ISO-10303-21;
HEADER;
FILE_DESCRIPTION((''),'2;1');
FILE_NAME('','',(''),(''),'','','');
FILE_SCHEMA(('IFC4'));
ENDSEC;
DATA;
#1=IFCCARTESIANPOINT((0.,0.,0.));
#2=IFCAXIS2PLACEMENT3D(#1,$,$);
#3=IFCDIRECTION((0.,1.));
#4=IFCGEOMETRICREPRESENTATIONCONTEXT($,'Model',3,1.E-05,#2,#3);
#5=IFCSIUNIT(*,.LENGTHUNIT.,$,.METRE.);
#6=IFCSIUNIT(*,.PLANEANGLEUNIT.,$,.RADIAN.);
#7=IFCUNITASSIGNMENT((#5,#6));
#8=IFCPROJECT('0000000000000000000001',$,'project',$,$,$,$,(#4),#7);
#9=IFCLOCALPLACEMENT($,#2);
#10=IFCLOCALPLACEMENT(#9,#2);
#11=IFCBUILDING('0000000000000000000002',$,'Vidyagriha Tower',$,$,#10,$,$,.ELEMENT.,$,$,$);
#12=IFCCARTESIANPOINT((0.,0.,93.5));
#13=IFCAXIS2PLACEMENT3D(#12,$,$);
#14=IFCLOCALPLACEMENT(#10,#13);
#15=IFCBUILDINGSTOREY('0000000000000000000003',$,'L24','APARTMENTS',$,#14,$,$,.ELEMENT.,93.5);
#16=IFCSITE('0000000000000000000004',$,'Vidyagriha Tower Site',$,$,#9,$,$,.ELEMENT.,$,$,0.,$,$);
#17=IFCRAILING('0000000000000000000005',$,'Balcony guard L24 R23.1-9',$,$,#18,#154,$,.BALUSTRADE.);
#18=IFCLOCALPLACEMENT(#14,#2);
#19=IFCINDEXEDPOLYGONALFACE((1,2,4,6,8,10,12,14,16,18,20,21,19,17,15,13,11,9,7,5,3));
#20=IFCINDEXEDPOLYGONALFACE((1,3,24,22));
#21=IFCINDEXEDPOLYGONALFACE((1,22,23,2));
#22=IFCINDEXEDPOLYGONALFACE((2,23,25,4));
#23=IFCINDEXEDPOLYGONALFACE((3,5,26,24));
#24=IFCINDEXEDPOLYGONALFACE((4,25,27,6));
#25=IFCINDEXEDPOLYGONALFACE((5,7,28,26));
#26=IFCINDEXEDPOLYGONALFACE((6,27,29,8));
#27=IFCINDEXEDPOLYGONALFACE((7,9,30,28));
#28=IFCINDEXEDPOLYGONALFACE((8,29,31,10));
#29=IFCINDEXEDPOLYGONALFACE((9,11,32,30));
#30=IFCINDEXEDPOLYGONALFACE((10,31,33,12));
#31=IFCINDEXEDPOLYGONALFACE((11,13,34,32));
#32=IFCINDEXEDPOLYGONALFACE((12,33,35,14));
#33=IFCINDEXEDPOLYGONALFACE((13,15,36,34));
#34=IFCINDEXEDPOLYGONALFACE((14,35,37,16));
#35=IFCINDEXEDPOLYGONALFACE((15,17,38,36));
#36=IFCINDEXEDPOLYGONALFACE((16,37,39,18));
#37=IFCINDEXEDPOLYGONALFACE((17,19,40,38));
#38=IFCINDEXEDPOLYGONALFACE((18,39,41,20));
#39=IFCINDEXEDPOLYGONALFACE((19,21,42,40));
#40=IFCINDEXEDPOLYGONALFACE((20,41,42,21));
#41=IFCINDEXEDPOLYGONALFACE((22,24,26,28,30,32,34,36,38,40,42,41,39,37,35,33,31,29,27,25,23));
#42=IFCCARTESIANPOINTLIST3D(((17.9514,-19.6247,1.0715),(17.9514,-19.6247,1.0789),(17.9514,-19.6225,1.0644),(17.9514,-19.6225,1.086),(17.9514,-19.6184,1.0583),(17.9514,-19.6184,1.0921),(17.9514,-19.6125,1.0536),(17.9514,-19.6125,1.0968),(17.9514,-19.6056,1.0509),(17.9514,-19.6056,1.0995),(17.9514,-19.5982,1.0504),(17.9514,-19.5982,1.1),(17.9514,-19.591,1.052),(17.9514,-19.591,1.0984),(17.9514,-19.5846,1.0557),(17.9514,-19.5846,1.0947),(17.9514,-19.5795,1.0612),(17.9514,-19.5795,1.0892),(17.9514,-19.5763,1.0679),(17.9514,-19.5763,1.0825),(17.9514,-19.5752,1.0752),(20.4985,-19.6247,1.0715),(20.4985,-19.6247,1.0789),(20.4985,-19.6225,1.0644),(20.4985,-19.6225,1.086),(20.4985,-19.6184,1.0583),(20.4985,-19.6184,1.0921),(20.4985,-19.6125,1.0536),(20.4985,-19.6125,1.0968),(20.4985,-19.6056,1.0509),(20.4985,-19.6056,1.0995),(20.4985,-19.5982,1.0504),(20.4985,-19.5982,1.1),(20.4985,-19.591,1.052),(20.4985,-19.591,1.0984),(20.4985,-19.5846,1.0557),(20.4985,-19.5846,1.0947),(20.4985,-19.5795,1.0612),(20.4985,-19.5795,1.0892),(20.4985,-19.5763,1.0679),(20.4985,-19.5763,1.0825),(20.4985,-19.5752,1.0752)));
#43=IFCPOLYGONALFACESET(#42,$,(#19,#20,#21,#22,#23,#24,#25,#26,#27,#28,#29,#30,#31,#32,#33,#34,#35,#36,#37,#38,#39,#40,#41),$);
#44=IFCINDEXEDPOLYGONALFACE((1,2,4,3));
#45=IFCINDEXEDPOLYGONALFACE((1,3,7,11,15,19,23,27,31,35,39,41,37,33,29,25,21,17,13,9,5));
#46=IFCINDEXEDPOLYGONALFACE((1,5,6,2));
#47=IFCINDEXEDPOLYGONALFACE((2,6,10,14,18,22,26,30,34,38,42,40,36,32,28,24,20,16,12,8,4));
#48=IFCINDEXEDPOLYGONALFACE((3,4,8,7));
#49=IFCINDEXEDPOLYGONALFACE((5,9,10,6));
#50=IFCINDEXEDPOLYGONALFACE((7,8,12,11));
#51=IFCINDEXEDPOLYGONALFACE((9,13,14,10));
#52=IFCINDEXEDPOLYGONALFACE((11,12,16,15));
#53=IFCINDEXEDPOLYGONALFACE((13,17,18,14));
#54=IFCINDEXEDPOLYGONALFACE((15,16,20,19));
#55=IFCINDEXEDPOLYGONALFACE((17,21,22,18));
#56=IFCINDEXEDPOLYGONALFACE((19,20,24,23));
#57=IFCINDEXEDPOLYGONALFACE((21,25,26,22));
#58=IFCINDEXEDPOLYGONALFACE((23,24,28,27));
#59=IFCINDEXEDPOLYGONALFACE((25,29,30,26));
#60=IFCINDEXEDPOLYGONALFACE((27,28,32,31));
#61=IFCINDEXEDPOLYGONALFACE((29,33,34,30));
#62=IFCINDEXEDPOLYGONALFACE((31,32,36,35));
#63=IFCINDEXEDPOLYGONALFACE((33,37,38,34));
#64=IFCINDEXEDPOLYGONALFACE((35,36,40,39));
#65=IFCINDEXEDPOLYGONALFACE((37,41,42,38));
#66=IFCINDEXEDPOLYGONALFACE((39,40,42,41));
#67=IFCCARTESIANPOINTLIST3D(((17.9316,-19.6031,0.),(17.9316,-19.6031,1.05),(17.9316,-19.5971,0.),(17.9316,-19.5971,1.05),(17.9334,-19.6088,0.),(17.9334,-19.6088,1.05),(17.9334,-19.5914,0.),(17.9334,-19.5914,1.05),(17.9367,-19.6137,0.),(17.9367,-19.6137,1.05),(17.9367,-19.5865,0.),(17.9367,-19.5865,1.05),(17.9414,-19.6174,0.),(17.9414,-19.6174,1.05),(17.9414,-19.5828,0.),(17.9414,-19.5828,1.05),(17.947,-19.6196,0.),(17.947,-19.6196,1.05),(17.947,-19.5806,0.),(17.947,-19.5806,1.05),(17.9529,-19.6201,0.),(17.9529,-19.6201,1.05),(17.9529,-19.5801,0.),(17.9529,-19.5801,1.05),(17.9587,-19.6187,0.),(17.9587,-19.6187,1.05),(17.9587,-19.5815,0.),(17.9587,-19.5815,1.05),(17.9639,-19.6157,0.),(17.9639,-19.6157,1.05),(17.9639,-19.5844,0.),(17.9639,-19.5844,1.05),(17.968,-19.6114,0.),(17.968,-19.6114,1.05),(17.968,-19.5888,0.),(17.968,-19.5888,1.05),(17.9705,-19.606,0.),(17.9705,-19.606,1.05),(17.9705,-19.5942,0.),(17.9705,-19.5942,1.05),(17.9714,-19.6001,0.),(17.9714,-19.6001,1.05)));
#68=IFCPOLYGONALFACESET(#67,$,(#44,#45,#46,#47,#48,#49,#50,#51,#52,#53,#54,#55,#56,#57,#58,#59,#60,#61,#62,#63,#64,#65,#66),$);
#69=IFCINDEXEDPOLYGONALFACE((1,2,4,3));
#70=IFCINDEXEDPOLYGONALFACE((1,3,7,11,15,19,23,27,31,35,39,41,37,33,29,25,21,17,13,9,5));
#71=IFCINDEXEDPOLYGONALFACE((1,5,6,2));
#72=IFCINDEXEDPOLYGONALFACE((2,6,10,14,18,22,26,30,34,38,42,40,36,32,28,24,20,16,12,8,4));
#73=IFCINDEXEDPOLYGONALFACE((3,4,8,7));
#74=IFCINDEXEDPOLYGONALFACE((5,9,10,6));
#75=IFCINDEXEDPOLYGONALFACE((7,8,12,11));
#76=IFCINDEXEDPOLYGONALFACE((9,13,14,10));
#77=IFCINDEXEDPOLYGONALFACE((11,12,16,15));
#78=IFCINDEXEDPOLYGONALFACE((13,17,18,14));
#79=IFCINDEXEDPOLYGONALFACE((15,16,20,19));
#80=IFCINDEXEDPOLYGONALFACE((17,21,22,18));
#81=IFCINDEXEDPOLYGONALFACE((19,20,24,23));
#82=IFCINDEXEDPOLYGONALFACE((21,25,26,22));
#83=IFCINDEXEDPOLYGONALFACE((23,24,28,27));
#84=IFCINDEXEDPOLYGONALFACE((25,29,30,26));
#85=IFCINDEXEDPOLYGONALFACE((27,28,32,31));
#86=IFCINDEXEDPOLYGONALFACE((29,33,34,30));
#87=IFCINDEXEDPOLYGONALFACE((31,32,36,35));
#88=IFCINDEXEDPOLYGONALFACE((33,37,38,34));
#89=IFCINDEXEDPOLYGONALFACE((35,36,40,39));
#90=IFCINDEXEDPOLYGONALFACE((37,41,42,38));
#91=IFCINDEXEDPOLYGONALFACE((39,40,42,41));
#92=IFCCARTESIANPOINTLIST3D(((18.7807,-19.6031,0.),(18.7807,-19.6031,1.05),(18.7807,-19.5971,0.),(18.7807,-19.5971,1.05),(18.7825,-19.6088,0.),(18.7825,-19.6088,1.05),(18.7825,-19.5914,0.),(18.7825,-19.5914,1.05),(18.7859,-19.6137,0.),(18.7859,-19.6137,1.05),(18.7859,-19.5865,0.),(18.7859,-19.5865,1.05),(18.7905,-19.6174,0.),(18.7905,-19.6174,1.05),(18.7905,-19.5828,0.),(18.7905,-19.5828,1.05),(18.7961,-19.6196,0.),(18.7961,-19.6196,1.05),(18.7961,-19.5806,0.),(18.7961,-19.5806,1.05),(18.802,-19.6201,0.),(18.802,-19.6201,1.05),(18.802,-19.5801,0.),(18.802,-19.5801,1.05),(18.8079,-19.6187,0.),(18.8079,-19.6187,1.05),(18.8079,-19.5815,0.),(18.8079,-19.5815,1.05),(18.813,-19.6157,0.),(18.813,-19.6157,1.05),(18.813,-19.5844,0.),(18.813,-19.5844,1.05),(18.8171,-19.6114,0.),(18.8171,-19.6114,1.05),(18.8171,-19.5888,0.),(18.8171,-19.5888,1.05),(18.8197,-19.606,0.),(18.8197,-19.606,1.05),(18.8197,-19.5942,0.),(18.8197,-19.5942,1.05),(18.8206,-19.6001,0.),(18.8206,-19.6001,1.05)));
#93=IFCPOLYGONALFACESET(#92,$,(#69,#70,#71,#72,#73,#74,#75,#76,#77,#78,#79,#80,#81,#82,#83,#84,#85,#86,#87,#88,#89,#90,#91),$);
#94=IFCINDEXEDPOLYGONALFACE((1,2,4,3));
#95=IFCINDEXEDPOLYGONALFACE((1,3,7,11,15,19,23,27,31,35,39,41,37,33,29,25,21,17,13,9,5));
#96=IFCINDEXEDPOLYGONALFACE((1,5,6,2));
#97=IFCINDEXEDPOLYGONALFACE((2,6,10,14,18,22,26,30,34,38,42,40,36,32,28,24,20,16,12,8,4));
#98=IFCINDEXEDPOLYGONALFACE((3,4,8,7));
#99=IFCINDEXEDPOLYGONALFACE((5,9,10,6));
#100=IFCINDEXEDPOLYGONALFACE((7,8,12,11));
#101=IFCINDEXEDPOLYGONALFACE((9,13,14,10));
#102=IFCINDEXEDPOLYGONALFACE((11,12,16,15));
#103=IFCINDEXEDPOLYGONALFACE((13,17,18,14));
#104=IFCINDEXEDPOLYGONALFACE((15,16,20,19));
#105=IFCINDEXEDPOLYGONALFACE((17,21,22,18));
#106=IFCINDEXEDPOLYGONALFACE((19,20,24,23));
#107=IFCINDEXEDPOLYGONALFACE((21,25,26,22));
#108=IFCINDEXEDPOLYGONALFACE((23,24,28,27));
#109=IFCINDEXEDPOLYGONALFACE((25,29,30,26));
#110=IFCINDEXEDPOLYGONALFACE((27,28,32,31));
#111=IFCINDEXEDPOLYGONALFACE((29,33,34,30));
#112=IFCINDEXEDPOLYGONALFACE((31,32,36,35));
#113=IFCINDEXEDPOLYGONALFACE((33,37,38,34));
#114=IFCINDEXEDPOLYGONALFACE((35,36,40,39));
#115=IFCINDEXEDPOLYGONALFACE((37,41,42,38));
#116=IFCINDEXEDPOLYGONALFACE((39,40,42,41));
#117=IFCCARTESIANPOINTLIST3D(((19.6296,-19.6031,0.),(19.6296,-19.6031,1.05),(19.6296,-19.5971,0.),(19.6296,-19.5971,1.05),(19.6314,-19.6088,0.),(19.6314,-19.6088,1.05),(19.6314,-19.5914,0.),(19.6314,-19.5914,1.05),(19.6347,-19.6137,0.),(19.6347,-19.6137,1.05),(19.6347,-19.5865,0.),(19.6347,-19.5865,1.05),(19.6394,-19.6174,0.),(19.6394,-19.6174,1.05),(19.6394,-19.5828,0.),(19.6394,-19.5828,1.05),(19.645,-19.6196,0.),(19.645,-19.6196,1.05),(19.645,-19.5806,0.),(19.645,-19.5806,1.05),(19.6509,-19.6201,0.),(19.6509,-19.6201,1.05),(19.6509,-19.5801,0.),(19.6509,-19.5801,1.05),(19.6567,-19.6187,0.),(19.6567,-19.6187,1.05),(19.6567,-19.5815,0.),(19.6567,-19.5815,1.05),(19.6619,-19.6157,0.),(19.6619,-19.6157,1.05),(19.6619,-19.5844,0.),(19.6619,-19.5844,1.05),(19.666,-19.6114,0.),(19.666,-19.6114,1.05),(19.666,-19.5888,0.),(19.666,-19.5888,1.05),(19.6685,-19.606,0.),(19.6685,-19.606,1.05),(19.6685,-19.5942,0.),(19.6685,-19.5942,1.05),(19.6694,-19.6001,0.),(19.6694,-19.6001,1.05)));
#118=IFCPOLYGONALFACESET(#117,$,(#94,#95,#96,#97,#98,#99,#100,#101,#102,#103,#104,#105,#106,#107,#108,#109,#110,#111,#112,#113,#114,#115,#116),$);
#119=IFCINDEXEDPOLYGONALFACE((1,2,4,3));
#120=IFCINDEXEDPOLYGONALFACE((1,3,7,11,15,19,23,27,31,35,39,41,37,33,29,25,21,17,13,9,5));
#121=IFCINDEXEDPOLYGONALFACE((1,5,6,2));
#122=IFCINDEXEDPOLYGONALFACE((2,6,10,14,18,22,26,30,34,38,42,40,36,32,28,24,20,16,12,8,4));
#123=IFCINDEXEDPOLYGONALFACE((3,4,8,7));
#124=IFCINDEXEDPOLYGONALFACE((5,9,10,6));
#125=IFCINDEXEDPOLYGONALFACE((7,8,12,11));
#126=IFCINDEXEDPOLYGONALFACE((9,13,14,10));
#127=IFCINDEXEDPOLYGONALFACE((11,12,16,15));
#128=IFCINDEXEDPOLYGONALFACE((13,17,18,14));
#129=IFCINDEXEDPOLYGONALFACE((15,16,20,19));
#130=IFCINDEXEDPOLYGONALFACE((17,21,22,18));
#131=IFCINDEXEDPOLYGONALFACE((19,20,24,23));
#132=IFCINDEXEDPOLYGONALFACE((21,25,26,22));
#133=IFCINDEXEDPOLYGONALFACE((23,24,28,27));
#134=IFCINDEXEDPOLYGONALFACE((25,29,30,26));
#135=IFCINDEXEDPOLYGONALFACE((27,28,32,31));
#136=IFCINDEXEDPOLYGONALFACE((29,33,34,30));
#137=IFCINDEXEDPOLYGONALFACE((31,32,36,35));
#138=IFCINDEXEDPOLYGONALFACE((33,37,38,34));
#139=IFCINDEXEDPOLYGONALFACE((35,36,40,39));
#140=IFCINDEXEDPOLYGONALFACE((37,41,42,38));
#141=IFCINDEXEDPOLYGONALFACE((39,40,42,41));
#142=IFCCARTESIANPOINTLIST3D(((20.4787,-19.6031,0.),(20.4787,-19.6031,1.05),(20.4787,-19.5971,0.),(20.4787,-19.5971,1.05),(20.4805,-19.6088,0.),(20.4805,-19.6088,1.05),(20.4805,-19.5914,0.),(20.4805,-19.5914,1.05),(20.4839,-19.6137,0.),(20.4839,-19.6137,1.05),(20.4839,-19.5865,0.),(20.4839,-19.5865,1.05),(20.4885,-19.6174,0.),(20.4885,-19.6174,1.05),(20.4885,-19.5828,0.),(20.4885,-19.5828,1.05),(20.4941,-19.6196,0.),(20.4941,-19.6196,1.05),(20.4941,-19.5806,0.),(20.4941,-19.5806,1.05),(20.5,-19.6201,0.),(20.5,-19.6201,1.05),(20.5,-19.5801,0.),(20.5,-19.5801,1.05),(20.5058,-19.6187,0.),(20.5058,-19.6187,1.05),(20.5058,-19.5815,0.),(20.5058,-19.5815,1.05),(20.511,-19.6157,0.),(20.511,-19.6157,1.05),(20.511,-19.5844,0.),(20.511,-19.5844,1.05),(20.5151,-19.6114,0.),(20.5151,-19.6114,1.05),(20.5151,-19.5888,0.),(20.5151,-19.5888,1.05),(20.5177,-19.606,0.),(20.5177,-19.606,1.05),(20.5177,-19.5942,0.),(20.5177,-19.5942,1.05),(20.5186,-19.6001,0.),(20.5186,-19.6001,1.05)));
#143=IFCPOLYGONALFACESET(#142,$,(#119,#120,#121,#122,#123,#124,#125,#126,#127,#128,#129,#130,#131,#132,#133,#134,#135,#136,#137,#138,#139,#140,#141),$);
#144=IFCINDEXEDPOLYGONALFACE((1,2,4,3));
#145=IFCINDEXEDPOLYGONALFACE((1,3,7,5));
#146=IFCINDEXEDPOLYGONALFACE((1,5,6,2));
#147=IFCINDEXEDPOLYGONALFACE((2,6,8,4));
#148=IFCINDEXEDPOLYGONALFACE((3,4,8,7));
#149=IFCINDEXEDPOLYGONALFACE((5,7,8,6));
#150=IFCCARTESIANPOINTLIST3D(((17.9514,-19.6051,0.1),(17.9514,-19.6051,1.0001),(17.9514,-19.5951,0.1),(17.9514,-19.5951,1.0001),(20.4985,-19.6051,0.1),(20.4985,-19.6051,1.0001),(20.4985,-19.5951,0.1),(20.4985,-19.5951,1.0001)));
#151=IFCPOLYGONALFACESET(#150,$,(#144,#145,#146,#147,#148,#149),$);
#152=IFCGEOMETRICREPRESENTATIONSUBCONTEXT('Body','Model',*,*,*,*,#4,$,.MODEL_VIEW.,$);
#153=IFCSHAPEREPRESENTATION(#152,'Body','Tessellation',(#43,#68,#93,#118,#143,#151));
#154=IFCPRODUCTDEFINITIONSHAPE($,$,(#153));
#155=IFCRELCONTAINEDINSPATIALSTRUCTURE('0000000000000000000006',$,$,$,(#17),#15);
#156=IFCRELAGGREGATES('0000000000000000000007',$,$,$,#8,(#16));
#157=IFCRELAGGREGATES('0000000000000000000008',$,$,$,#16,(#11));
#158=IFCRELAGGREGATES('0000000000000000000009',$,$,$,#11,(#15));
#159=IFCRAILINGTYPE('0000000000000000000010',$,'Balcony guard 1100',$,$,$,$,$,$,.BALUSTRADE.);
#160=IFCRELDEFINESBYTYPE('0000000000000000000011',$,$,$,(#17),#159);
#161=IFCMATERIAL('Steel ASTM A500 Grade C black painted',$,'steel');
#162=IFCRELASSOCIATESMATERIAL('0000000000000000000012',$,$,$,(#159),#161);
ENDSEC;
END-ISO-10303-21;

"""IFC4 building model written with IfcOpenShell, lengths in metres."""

from ifc_helpers import new_model, si_unit, direction, frame, origin, origin_2d, place, context, subcontext, project, spatial, rectangle, circle, extrude, material, type_object, element, save


model = new_model("IFC4")

# Units and contexts
model_context = context("Model", 3, precision=1e-05, world=origin(), true_north=direction((0.0, 1.0)))
body_context = subcontext(model_context, "Body", "Model", "MODEL_VIEW")
ifc_project = project(units=[si_unit("LENGTHUNIT", "METRE"), si_unit("PLANEANGLEUNIT", "RADIAN")], contexts=[model_context])

# Site, building, storey
site_placement = place(None, origin())
site = spatial("IfcSite", under=ifc_project, at=site_placement, Name="Vidyagriha Tower Site", CompositionType="ELEMENT", RefElevation=0.0)
building_placement = place(site_placement, origin())
building = spatial("IfcBuilding", under=site, at=building_placement, Name="Vidyagriha Tower", CompositionType="ELEMENT")
storey_placement = place(building_placement, frame((0.0, 0.0, 93.5)))
storey = spatial("IfcBuildingStorey", under=building, at=storey_placement, Name="L24", Description="APARTMENTS", CompositionType="ELEMENT", Elevation=93.5)

# Railing
ifc_material_1 = material(Name="Steel ASTM A500 Grade C black painted", Category="steel")
railing_type = type_object("IfcRailingType", Name="Balcony guard 1100", PredefinedType="BALUSTRADE", material=ifc_material_1)
railing_1_placement = place(storey_placement, frame((17.9514, -19.6001, 0.0)))
element("IfcRailing", 1, at=railing_1_placement, inside=storey, type_object=railing_type, Name="Balcony guard L24 R23.1-9", PredefinedType="BALUSTRADE", context=body_context, shape_type="SweptSolid", body=[
    extrude(circle(Radius=0.0249, at=origin_2d()), frame((0.0, 0.0, 1.0752), z_axis=(1.0, 0.0, 0.0), x_axis=(0.0, 1.0, 0.0)), (0.0, 0.0, 1.0), 2.5471),
    extrude(circle(Radius=0.02, at=origin_2d()), origin(), (0.0, 0.0, 1.0), 1.05),
    extrude(circle(Radius=0.02, at=origin_2d()), frame((0.8491, 0.0, 0.0)), (0.0, 0.0, 1.0), 1.05),
    extrude(circle(Radius=0.02, at=origin_2d()), frame((1.698, 0.0, 0.0)), (0.0, 0.0, 1.0), 1.05),
    extrude(circle(Radius=0.02, at=origin_2d()), frame((2.5471, 0.0, 0.0)), (0.0, 0.0, 1.0), 1.05),
    extrude(rectangle(XDim=0.01, YDim=0.9001, at=origin_2d()), frame((0.0, 0.0, 0.55), z_axis=(1.0, 0.0, 0.0), x_axis=(0.0, 1.0, 0.0)), (0.0, 0.0, 1.0), 2.5471),
])

save(model, "model.ifc")
